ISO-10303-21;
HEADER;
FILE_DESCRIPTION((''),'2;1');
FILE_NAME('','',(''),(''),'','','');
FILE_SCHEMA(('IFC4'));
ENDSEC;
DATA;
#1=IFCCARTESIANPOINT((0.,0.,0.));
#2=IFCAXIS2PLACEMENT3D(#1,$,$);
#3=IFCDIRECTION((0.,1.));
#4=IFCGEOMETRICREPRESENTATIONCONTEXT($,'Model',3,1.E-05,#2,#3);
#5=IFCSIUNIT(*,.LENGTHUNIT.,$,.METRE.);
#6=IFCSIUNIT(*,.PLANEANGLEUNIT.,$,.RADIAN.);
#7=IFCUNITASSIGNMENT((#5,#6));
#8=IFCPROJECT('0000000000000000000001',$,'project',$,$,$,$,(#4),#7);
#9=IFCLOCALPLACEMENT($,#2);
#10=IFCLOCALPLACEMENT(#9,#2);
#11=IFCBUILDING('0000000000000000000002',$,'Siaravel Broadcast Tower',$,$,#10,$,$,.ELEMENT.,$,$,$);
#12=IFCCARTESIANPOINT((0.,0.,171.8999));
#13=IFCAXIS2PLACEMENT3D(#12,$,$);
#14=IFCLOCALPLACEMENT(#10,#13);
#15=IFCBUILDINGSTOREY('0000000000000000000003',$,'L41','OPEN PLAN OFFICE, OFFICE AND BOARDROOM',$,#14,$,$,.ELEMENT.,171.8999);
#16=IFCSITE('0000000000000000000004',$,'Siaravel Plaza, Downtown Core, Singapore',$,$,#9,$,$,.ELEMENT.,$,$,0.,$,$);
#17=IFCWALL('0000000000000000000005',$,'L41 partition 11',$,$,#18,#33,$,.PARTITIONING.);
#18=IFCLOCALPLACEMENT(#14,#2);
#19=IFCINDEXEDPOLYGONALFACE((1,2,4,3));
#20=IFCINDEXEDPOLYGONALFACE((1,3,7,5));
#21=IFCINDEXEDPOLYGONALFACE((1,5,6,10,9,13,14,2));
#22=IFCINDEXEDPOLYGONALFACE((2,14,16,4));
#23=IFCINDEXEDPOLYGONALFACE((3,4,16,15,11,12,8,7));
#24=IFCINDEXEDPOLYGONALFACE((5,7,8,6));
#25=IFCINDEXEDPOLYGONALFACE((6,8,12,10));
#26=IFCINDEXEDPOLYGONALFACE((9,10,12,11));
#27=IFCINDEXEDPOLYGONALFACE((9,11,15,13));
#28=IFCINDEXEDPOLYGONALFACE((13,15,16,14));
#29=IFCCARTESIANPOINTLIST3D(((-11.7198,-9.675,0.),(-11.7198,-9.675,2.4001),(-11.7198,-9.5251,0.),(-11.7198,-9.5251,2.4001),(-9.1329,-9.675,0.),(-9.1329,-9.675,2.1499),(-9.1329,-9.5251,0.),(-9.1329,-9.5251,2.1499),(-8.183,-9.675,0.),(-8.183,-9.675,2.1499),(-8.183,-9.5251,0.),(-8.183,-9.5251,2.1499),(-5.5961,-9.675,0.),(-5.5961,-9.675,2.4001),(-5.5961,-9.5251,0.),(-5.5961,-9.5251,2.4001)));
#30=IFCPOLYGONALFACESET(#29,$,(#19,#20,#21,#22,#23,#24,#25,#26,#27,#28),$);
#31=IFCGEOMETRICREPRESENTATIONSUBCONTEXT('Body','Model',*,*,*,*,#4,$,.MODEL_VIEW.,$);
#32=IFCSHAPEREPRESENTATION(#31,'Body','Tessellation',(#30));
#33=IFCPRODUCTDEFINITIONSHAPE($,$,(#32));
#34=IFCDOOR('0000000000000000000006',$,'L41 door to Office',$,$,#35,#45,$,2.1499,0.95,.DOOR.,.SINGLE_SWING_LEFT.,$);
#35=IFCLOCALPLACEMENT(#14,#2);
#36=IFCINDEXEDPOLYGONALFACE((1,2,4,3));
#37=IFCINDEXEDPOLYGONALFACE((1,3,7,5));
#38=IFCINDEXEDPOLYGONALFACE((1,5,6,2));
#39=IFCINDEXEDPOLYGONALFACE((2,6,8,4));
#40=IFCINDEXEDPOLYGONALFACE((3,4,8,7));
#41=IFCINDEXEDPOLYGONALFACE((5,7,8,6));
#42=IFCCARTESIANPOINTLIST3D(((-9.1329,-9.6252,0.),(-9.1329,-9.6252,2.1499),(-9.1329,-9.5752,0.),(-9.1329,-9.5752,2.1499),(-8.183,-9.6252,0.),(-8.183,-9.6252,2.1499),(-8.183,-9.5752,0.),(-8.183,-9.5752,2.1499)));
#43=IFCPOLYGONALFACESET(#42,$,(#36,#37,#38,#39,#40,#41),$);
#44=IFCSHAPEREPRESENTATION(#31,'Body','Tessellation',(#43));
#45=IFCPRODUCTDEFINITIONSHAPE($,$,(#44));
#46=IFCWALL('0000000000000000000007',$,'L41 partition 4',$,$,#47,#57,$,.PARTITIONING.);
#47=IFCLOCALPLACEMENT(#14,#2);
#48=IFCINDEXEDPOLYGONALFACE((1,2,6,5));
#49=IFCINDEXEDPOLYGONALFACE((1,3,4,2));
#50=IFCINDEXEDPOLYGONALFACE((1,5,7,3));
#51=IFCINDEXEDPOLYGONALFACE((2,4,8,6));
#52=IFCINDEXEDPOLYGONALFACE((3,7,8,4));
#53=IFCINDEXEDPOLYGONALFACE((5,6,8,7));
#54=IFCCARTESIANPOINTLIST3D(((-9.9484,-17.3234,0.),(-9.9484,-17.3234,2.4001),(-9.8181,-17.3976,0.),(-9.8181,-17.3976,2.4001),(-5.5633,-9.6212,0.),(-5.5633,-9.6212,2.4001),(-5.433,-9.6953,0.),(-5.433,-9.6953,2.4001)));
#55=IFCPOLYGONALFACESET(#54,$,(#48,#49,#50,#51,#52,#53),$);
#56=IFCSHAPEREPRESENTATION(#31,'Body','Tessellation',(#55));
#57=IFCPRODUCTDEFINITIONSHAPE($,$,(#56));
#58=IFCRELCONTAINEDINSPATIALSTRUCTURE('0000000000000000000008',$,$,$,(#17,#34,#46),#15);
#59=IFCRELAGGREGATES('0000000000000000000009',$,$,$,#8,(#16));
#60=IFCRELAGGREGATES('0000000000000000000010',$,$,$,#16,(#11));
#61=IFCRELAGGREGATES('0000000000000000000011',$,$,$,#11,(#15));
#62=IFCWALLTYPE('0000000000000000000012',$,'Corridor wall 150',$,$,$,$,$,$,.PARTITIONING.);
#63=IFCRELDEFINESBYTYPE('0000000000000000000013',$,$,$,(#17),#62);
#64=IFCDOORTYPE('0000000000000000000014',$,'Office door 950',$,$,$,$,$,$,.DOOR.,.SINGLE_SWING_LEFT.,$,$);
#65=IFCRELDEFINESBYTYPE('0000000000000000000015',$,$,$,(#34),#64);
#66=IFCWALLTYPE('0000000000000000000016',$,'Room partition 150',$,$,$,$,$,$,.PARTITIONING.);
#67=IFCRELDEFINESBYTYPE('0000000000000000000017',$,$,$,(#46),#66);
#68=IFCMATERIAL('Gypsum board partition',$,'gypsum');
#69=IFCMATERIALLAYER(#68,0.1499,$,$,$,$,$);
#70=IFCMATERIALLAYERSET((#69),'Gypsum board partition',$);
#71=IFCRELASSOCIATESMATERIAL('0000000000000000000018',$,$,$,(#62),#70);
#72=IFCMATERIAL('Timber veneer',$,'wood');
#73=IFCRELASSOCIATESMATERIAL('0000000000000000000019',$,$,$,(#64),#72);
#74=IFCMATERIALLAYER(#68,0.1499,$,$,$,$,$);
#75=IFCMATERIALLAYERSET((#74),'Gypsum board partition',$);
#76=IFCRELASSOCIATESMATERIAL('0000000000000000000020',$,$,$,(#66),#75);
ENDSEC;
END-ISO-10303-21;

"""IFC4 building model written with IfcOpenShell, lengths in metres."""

from ifc_helpers import new_model, si_unit, direction, frame, frame_2d, origin, place, context, subcontext, project, spatial, rectangle, extrude, material, layer, layer_set, type_object, element, fill, save


model = new_model("IFC4")

# Units and contexts
model_context = context("Model", 3, precision=1e-05, world=origin(), true_north=direction((0.0, 1.0)))
body_context = subcontext(model_context, "Body", "Model", "MODEL_VIEW")
ifc_project = project(units=[si_unit("LENGTHUNIT", "METRE"), si_unit("PLANEANGLEUNIT", "RADIAN")], contexts=[model_context])

# Site, building, storey
site_placement = place(None, origin())
site = spatial("IfcSite", under=ifc_project, at=site_placement, Name="Siaravel Plaza, Downtown Core, Singapore", CompositionType="ELEMENT", RefElevation=0.0)
building_placement = place(site_placement, origin())
building = spatial("IfcBuilding", under=site, at=building_placement, Name="Siaravel Broadcast Tower", CompositionType="ELEMENT")
storey_placement = place(building_placement, frame((0.0, 0.0, 171.8999)))
storey = spatial("IfcBuildingStorey", under=building, at=storey_placement, Name="L41", Description="OPEN PLAN OFFICE, OFFICE AND BOARDROOM", CompositionType="ELEMENT", Elevation=171.8999)

# Shared definitions
ifc_material_1 = material(Name="Timber veneer", Category="wood")

# Wall, opening, door
ifc_material_2 = material(Name="Gypsum board partition", Category="gypsum")
ifc_layer_1 = layer(ifc_material_2, 0.1499)
ifc_layer_set_1 = layer_set([ifc_layer_1], Name="Gypsum board partition")
wall_type_1 = type_object("IfcWallType", Name="Corridor wall 150", PredefinedType="PARTITIONING", material=ifc_layer_set_1)
wall_1_placement = place(storey_placement, frame((-11.72, -9.6001, 0.0), z_axis=(0.0, 0.0, 1.0), x_axis=(1.0, 0.0, 0.0)))
wall_1 = element("IfcWall", 1, at=wall_1_placement, inside=storey, type_object=wall_type_1, Name="L41 partition 11", PredefinedType="PARTITIONING", context=body_context, shape_type="SweptSolid", body=[
    extrude(rectangle(XDim=6.1238, YDim=0.1499, at=frame_2d((3.062, 0.0))), origin(), (0.0, 0.0, 1.0), 2.4001),
])
opening_1_placement = place(wall_1_placement, frame((2.5869, 0.0, 0.0)))
opening_1 = element("IfcOpeningElement", 2, at=opening_1_placement, cuts=wall_1, PredefinedType="OPENING", context=body_context, shape_type="SweptSolid", body=[
    extrude(rectangle(XDim=0.95, YDim=2.1499, at=frame_2d((0.4751, 1.075))), frame((0.0, 0.085, 0.0), z_axis=(0.0, -1.0, 0.0), x_axis=(1.0, 0.0, 0.0)), (0.0, 0.0, 1.0), 0.1699),
])
door_type_1 = type_object("IfcDoorType", Name="Office door 950", OperationType="SINGLE_SWING_LEFT", PredefinedType="DOOR", material=ifc_material_1)
door_1_placement = place(opening_1_placement, origin())
door_1 = element("IfcDoor", 3, at=door_1_placement, inside=storey, type_object=door_type_1, Name="L41 door to Office", OperationType="SINGLE_SWING_LEFT", OverallHeight=2.1499, OverallWidth=0.95, PredefinedType="DOOR", context=body_context, shape_type="SweptSolid", body=[
    extrude(rectangle(XDim=0.95, YDim=2.1499, at=frame_2d((0.4751, 1.075))), frame((0.0, 0.0249, 0.0), z_axis=(0.0, -1.0, 0.0), x_axis=(1.0, 0.0, 0.0)), (0.0, 0.0, 1.0), 0.05),
])
fill(opening_1, door_1)

# Wall
ifc_layer_2 = layer(ifc_material_2, 0.1499)
ifc_layer_set_2 = layer_set([ifc_layer_2], Name="Gypsum board partition")
wall_type_2 = type_object("IfcWallType", Name="Room partition 150", PredefinedType="PARTITIONING", material=ifc_layer_set_2)
wall_2_placement = place(storey_placement, frame((-9.8833, -17.3606, 0.0), z_axis=(0.0, 0.0, 1.0), x_axis=(0.494759, 0.86903, 0.0)))
element("IfcWall", 4, at=wall_2_placement, inside=storey, type_object=wall_type_2, Name="L41 partition 4", PredefinedType="PARTITIONING", context=body_context, shape_type="SweptSolid", body=[
    extrude(rectangle(XDim=8.863, YDim=0.1499, at=frame_2d((4.4316, 0.0))), origin(), (0.0, 0.0, 1.0), 2.4001),
])

save(model, "model.ifc")
